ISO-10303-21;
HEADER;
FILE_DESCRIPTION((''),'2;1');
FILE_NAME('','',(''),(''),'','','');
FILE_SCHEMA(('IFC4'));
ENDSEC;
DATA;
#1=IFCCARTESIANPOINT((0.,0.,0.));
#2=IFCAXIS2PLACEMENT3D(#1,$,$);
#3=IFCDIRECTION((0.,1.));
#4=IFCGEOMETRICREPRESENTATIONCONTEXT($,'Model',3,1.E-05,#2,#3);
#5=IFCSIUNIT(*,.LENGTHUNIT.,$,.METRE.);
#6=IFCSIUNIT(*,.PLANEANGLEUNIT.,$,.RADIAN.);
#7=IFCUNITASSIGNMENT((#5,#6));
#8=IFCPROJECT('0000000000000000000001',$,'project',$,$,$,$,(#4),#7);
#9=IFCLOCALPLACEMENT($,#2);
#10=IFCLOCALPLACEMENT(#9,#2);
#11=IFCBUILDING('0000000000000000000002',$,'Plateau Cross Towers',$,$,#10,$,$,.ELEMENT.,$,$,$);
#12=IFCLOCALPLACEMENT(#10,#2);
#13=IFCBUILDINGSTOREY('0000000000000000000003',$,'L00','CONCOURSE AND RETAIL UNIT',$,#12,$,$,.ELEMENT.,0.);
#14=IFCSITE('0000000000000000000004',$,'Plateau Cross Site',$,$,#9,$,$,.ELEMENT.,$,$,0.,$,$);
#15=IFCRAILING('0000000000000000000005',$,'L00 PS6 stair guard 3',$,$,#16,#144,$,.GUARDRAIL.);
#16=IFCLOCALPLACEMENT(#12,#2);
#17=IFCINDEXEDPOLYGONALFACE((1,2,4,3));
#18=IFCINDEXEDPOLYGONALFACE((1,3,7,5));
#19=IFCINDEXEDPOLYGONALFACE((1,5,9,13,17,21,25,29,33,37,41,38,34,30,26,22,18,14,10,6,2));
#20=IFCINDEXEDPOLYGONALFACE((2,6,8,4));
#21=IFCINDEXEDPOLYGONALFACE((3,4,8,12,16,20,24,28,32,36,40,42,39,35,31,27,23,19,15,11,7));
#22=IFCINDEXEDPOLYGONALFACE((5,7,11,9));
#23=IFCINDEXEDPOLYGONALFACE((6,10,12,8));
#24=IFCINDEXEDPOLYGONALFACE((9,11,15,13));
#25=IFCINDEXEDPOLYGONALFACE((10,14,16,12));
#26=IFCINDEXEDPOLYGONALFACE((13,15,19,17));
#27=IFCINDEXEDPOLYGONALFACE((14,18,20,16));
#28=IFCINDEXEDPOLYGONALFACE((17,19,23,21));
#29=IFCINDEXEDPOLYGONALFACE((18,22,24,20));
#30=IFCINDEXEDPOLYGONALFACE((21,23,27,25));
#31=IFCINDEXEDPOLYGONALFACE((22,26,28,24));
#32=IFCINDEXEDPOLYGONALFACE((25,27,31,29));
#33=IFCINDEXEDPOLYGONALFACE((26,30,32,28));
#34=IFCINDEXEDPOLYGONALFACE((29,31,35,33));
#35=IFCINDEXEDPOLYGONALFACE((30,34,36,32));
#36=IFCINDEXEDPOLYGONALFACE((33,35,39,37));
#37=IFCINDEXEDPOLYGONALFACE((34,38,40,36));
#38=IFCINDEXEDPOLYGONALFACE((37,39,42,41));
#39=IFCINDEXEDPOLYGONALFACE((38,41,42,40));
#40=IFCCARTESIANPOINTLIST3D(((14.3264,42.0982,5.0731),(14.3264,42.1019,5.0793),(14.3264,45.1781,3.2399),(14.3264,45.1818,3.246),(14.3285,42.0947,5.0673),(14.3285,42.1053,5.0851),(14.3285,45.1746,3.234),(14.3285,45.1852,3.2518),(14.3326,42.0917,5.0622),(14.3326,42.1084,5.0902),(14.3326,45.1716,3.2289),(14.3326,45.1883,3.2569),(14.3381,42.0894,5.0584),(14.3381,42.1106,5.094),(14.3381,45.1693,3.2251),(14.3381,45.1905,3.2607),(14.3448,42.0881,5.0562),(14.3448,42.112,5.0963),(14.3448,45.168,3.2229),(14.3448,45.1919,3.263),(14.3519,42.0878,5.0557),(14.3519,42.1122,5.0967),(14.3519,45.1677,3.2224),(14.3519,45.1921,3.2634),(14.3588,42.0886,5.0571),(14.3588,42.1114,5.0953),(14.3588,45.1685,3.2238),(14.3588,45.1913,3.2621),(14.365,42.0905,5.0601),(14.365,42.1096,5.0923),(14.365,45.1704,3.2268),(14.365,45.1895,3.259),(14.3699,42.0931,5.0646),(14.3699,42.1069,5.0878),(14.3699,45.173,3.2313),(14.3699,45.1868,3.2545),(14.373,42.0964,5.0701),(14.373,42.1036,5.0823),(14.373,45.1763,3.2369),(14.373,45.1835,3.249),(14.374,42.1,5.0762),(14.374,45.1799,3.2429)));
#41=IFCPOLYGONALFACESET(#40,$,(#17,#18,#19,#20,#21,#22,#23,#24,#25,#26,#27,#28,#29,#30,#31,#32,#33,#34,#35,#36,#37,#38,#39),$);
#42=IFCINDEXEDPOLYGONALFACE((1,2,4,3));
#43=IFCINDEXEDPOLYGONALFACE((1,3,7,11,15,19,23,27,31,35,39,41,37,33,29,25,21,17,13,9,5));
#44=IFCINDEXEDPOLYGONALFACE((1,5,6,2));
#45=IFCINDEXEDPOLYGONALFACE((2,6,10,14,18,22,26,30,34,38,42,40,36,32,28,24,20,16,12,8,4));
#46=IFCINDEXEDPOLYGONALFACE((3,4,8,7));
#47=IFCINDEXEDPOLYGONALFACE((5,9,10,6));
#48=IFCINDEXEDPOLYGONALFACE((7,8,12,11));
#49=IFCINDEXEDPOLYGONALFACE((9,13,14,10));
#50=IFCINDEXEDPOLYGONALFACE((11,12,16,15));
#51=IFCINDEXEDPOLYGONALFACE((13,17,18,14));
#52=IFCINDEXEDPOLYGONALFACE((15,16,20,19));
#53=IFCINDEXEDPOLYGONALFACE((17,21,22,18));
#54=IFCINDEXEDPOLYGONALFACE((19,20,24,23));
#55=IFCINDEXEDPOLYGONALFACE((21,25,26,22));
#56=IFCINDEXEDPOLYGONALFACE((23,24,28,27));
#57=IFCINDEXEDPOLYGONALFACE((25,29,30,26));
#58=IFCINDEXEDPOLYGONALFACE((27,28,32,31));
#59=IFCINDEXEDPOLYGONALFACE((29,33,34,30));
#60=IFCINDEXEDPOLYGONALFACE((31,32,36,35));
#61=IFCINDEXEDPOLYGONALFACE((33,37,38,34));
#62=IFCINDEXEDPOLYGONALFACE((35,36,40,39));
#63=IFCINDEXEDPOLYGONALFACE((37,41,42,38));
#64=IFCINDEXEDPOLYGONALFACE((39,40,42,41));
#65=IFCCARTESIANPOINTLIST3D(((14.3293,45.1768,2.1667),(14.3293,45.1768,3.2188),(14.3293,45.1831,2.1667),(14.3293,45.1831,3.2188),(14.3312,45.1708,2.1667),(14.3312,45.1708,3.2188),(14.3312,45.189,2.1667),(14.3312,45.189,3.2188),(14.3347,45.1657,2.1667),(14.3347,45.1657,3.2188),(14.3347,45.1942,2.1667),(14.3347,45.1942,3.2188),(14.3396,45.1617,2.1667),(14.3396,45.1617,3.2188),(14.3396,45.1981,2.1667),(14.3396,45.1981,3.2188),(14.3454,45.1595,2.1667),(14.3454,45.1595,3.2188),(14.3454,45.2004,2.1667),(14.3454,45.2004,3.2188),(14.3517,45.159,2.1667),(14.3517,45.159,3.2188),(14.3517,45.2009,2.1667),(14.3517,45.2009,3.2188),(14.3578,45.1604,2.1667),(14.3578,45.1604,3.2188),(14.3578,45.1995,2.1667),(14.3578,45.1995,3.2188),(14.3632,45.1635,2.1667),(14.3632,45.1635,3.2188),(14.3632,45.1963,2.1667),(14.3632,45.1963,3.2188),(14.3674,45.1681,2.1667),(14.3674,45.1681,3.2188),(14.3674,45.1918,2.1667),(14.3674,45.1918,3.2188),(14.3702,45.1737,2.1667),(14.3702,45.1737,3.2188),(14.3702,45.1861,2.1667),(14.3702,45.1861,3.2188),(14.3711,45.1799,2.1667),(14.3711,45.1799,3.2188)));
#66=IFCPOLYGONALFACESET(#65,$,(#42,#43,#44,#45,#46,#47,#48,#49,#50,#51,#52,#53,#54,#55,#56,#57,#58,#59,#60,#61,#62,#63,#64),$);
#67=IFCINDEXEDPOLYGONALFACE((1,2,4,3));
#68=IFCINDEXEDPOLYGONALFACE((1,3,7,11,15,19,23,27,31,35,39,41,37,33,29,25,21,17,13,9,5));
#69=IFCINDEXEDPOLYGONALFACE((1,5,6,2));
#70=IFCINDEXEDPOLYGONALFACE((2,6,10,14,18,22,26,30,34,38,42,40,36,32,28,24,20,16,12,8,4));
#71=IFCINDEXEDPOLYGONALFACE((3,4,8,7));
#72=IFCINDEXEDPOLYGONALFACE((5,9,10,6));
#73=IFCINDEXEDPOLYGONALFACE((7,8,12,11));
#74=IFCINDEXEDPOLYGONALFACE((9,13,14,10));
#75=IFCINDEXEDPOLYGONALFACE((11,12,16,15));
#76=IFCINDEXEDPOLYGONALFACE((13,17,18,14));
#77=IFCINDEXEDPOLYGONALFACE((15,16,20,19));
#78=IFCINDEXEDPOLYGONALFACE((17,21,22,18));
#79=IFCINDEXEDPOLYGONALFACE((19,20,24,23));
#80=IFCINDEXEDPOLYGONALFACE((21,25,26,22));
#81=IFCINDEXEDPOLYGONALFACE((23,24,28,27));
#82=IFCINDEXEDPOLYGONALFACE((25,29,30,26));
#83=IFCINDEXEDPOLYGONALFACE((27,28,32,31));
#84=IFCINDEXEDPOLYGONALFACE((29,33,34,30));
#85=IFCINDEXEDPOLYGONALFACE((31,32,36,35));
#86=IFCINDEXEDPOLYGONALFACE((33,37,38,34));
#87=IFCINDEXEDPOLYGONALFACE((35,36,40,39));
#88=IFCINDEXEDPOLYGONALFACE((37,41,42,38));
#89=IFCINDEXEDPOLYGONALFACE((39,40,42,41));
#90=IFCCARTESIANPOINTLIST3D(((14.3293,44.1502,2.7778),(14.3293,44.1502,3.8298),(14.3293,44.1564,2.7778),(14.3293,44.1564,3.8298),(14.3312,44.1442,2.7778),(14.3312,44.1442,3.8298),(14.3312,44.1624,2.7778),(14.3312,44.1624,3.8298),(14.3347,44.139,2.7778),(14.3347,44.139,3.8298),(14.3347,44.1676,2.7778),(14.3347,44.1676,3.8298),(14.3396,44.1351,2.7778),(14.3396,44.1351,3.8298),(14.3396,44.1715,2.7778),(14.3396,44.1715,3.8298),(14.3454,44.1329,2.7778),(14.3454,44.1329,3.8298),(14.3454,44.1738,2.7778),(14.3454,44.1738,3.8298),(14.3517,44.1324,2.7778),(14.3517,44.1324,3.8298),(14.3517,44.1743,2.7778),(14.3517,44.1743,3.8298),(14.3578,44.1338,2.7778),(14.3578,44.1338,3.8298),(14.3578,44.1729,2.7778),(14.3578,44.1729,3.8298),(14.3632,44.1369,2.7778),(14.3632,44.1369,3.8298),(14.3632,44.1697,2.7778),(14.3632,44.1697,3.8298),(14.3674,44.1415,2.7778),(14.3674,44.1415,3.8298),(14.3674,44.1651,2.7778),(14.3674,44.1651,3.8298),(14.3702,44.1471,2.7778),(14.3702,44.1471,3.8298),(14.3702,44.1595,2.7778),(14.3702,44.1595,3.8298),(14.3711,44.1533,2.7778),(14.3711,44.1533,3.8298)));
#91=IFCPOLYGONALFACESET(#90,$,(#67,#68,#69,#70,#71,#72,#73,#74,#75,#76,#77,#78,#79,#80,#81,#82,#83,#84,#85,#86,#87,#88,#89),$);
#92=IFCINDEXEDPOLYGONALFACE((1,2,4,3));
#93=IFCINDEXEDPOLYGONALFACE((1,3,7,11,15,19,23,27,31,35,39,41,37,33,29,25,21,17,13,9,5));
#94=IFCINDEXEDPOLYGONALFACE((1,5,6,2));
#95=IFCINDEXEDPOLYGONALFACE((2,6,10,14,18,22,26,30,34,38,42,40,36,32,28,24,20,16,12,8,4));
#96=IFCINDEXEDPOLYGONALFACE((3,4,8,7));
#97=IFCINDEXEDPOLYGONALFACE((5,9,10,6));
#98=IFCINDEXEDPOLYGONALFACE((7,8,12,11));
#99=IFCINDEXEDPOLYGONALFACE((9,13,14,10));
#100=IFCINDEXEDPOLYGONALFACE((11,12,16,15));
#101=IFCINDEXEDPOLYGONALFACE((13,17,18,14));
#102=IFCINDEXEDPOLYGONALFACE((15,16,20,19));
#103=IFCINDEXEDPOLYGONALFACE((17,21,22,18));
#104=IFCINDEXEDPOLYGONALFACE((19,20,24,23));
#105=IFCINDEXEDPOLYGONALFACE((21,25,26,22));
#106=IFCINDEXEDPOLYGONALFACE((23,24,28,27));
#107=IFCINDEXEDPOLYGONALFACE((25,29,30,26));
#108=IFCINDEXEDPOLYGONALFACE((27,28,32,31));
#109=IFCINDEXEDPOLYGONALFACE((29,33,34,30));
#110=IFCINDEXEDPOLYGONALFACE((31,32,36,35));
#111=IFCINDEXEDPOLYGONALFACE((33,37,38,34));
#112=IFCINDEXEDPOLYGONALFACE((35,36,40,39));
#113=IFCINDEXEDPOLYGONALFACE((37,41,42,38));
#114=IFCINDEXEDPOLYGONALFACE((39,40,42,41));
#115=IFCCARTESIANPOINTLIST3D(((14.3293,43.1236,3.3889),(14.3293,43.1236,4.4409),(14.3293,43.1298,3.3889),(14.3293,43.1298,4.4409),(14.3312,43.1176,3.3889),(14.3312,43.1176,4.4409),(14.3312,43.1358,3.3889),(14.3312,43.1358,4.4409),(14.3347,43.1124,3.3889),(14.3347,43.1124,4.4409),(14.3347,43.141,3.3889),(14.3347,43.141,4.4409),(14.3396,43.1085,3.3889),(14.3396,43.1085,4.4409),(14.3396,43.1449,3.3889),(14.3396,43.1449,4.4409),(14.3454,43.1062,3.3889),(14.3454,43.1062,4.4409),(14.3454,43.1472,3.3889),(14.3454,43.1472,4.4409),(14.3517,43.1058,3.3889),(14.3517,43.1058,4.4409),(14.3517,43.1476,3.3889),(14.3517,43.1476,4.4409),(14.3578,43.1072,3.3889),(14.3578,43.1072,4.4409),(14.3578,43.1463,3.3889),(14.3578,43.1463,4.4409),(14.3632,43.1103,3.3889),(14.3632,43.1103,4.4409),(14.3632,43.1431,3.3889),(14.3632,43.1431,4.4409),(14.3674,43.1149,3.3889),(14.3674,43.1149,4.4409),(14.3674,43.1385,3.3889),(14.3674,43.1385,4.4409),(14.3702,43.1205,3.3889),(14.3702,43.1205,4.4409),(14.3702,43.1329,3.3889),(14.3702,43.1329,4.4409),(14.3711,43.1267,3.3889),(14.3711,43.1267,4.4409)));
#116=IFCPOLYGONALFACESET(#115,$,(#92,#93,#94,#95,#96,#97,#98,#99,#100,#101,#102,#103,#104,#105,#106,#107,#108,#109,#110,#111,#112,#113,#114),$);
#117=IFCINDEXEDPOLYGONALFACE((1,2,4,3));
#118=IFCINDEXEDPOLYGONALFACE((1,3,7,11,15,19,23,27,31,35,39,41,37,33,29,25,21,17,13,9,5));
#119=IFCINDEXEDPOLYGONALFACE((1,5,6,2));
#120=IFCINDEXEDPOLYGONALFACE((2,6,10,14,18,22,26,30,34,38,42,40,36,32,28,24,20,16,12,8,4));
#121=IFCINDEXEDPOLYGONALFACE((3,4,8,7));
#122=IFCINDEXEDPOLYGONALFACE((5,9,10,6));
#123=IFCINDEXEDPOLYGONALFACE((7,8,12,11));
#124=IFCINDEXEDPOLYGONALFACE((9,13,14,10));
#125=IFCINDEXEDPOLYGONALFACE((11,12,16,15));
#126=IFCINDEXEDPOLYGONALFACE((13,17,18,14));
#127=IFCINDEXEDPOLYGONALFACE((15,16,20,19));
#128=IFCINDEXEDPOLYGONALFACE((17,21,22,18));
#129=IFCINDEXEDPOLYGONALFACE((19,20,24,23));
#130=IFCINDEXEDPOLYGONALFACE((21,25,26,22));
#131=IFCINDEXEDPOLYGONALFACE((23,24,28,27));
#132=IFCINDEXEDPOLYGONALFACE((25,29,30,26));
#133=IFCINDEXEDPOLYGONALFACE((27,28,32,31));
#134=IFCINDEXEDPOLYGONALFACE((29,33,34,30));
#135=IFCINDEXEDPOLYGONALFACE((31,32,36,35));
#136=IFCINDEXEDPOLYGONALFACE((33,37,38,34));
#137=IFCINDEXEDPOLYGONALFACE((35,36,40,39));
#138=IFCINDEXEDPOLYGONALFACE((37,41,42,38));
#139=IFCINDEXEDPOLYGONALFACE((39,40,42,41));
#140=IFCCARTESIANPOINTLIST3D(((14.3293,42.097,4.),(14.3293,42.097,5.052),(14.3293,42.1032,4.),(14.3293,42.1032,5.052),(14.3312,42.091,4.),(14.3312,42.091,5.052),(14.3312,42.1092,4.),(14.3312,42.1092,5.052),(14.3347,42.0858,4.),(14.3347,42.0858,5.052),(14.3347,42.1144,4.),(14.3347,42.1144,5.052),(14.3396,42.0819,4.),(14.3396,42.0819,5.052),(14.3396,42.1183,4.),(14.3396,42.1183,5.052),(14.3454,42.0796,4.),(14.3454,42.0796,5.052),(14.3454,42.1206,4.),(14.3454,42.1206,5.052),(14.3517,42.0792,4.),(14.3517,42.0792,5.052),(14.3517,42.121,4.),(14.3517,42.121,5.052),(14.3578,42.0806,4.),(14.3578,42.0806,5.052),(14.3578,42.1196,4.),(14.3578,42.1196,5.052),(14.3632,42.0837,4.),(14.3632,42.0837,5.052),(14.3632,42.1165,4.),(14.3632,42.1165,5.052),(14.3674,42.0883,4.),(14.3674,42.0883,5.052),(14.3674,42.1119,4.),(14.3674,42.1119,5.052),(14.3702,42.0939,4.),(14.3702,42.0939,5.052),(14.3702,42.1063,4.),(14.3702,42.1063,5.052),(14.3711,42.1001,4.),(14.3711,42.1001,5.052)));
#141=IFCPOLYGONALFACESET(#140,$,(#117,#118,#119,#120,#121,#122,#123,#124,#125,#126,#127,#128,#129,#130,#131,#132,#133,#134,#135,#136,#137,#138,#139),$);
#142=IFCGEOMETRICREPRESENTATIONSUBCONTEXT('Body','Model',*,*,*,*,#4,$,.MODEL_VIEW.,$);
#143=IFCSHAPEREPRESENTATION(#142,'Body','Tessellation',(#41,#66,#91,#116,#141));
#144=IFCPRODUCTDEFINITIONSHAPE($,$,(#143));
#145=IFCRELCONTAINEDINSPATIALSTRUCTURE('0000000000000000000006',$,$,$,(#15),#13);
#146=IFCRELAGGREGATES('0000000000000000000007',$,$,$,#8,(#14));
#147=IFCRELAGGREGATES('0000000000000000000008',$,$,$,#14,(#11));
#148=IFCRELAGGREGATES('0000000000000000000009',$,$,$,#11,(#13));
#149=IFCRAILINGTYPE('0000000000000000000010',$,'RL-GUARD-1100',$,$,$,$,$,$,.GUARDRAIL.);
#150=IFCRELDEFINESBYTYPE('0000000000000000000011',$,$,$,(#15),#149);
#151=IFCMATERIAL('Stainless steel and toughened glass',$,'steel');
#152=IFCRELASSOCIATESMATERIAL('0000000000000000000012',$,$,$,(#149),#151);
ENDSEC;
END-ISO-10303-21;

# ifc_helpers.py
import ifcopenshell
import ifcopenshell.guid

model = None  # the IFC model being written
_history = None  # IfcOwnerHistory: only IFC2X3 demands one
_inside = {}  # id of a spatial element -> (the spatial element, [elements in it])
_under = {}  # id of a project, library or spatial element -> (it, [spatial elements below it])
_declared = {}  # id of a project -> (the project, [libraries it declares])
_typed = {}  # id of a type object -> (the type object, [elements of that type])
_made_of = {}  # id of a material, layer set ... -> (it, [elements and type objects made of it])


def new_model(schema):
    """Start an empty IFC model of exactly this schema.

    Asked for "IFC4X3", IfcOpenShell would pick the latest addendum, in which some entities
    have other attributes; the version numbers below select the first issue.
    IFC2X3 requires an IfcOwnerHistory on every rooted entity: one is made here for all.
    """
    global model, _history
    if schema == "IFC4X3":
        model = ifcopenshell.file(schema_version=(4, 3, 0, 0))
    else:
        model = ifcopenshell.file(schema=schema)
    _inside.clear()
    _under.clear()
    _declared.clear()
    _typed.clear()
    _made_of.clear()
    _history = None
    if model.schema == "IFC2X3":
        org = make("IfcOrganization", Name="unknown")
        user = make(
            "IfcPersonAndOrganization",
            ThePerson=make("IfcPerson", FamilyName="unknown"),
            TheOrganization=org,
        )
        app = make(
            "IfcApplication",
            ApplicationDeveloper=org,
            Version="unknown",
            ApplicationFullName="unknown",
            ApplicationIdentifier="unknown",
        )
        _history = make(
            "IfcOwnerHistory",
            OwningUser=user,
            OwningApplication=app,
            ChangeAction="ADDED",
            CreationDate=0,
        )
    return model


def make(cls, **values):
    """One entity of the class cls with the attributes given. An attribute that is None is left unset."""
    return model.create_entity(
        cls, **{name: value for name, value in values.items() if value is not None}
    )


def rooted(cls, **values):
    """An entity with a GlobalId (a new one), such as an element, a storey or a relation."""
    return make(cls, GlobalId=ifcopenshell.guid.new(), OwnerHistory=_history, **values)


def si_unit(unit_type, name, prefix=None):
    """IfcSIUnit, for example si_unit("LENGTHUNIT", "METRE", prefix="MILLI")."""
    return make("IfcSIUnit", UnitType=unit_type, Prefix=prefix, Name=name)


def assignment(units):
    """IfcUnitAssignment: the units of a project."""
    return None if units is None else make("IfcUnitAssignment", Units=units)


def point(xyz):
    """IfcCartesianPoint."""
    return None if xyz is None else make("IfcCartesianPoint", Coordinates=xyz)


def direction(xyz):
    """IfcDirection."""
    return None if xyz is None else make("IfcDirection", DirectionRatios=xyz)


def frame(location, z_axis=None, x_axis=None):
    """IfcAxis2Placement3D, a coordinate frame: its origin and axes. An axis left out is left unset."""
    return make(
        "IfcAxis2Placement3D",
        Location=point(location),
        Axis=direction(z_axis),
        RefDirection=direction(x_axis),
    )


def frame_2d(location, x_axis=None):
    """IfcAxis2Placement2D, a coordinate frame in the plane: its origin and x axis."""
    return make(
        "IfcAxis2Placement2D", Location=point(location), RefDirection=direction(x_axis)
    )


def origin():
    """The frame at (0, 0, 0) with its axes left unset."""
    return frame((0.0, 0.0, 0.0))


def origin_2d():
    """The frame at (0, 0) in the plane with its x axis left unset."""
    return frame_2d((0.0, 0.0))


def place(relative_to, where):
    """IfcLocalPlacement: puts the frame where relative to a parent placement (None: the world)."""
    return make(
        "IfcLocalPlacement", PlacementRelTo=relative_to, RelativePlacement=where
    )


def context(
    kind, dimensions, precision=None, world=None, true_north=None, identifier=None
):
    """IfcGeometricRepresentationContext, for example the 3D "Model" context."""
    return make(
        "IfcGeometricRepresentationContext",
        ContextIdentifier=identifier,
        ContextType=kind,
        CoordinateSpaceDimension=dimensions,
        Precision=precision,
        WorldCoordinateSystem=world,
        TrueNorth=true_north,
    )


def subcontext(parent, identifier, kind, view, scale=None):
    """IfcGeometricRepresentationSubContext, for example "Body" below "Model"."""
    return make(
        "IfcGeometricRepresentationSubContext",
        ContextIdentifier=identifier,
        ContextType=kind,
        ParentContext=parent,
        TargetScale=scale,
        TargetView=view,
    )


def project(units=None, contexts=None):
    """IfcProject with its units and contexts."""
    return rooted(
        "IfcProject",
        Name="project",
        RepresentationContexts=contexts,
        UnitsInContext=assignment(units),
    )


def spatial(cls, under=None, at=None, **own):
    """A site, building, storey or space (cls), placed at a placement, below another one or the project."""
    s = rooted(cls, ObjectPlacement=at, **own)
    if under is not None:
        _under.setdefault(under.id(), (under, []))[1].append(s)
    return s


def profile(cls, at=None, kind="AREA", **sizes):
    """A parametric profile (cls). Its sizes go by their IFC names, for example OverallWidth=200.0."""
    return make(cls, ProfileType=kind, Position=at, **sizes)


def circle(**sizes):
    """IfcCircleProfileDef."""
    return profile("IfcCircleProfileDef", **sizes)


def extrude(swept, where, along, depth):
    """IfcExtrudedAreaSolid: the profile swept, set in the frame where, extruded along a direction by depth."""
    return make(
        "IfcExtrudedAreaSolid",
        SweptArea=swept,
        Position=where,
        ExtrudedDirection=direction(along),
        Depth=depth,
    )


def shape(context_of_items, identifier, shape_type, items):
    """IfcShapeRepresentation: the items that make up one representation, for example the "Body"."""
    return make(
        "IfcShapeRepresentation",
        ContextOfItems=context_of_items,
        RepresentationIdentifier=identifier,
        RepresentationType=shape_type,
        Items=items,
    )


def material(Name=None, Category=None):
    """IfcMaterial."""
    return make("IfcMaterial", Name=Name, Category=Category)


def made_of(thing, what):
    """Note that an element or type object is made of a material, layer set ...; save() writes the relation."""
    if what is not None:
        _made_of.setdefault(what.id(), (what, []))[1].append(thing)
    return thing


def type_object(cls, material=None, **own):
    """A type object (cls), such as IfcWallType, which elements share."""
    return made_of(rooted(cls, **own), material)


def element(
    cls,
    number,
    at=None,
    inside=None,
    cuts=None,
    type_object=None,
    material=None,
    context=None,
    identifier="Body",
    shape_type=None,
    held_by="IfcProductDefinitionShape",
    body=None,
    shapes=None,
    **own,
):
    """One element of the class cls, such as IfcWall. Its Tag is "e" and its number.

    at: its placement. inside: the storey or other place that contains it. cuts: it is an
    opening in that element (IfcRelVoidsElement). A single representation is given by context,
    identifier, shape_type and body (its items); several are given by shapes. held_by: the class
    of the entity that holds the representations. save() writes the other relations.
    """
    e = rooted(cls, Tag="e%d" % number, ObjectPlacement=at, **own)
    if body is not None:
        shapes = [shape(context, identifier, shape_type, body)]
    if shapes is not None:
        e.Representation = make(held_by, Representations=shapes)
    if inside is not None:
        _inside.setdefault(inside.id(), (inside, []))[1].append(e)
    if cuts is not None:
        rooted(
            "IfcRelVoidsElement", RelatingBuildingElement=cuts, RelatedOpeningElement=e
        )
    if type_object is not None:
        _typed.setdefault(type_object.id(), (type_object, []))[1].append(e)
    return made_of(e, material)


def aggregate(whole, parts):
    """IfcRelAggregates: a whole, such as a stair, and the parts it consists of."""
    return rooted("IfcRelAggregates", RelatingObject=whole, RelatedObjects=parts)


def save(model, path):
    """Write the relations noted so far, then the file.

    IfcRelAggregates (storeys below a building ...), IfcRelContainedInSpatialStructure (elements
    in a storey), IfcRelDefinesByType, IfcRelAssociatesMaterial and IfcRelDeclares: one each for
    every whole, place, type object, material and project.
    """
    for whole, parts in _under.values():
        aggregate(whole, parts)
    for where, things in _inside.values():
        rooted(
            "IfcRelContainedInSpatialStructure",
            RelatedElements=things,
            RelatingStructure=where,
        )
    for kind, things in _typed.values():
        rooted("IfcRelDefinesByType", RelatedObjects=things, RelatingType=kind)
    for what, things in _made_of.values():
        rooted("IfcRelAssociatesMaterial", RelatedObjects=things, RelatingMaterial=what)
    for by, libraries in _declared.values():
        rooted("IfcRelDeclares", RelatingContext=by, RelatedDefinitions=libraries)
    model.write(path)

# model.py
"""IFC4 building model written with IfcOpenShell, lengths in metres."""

from ifc_helpers import new_model, si_unit, direction, frame, origin, origin_2d, place, context, subcontext, project, spatial, circle, extrude, material, type_object, element, save


model = new_model("IFC4")

# Units and contexts
model_context = context("Model", 3, precision=1e-05, world=origin(), true_north=direction((0.0, 1.0)))
body_context = subcontext(model_context, "Body", "Model", "MODEL_VIEW")
ifc_project = project(units=[si_unit("LENGTHUNIT", "METRE"), si_unit("PLANEANGLEUNIT", "RADIAN")], contexts=[model_context])

# Site, building, storey
site_placement = place(None, origin())
site = spatial("IfcSite", under=ifc_project, at=site_placement, Name="Plateau Cross Site", CompositionType="ELEMENT", RefElevation=0.0)
building_placement = place(site_placement, origin())
building = spatial("IfcBuilding", under=site, at=building_placement, Name="Plateau Cross Towers", CompositionType="ELEMENT")
storey_placement = place(building_placement, origin())
storey = spatial("IfcBuildingStorey", under=building, at=storey_placement, Name="L00", Description="CONCOURSE AND RETAIL UNIT", CompositionType="ELEMENT", Elevation=0.0)

# Railing
ifc_material_1 = material(Name="Stainless steel and toughened glass", Category="steel")
railing_type_1 = type_object("IfcRailingType", Name="RL-GUARD-1100", PredefinedType="GUARDRAIL", material=ifc_material_1)
railing_1_placement = place(storey_placement, frame((14.3501, 45.1799, 2.1667)))
element("IfcRailing", 1, at=railing_1_placement, inside=storey, type_object=railing_type_1, Name="L00 PS6 stair guard 3", PredefinedType="GUARDRAIL", context=body_context, shape_type="SweptSolid", body=[
    extrude(circle(Radius=0.0239, at=origin_2d()), frame((0.0, 0.0, 1.0762), z_axis=(0.0, -0.859291, 0.511487), x_axis=(1.0, 0.0, 0.0)), (0.0, 0.0, 1.0), 3.5842),
    extrude(circle(Radius=0.021, at=origin_2d()), origin(), (0.0, 0.0, 1.0), 1.052),
    extrude(circle(Radius=0.021, at=origin_2d()), frame((0.0, -1.0266, 0.6111)), (0.0, 0.0, 1.0), 1.052),
    extrude(circle(Radius=0.021, at=origin_2d()), frame((0.0, -2.0532, 1.2222)), (0.0, 0.0, 1.0), 1.052),
    extrude(circle(Radius=0.021, at=origin_2d()), frame((0.0, -3.0798, 1.8333)), (0.0, 0.0, 1.0), 1.052),
])

save(model, "model.ifc")
